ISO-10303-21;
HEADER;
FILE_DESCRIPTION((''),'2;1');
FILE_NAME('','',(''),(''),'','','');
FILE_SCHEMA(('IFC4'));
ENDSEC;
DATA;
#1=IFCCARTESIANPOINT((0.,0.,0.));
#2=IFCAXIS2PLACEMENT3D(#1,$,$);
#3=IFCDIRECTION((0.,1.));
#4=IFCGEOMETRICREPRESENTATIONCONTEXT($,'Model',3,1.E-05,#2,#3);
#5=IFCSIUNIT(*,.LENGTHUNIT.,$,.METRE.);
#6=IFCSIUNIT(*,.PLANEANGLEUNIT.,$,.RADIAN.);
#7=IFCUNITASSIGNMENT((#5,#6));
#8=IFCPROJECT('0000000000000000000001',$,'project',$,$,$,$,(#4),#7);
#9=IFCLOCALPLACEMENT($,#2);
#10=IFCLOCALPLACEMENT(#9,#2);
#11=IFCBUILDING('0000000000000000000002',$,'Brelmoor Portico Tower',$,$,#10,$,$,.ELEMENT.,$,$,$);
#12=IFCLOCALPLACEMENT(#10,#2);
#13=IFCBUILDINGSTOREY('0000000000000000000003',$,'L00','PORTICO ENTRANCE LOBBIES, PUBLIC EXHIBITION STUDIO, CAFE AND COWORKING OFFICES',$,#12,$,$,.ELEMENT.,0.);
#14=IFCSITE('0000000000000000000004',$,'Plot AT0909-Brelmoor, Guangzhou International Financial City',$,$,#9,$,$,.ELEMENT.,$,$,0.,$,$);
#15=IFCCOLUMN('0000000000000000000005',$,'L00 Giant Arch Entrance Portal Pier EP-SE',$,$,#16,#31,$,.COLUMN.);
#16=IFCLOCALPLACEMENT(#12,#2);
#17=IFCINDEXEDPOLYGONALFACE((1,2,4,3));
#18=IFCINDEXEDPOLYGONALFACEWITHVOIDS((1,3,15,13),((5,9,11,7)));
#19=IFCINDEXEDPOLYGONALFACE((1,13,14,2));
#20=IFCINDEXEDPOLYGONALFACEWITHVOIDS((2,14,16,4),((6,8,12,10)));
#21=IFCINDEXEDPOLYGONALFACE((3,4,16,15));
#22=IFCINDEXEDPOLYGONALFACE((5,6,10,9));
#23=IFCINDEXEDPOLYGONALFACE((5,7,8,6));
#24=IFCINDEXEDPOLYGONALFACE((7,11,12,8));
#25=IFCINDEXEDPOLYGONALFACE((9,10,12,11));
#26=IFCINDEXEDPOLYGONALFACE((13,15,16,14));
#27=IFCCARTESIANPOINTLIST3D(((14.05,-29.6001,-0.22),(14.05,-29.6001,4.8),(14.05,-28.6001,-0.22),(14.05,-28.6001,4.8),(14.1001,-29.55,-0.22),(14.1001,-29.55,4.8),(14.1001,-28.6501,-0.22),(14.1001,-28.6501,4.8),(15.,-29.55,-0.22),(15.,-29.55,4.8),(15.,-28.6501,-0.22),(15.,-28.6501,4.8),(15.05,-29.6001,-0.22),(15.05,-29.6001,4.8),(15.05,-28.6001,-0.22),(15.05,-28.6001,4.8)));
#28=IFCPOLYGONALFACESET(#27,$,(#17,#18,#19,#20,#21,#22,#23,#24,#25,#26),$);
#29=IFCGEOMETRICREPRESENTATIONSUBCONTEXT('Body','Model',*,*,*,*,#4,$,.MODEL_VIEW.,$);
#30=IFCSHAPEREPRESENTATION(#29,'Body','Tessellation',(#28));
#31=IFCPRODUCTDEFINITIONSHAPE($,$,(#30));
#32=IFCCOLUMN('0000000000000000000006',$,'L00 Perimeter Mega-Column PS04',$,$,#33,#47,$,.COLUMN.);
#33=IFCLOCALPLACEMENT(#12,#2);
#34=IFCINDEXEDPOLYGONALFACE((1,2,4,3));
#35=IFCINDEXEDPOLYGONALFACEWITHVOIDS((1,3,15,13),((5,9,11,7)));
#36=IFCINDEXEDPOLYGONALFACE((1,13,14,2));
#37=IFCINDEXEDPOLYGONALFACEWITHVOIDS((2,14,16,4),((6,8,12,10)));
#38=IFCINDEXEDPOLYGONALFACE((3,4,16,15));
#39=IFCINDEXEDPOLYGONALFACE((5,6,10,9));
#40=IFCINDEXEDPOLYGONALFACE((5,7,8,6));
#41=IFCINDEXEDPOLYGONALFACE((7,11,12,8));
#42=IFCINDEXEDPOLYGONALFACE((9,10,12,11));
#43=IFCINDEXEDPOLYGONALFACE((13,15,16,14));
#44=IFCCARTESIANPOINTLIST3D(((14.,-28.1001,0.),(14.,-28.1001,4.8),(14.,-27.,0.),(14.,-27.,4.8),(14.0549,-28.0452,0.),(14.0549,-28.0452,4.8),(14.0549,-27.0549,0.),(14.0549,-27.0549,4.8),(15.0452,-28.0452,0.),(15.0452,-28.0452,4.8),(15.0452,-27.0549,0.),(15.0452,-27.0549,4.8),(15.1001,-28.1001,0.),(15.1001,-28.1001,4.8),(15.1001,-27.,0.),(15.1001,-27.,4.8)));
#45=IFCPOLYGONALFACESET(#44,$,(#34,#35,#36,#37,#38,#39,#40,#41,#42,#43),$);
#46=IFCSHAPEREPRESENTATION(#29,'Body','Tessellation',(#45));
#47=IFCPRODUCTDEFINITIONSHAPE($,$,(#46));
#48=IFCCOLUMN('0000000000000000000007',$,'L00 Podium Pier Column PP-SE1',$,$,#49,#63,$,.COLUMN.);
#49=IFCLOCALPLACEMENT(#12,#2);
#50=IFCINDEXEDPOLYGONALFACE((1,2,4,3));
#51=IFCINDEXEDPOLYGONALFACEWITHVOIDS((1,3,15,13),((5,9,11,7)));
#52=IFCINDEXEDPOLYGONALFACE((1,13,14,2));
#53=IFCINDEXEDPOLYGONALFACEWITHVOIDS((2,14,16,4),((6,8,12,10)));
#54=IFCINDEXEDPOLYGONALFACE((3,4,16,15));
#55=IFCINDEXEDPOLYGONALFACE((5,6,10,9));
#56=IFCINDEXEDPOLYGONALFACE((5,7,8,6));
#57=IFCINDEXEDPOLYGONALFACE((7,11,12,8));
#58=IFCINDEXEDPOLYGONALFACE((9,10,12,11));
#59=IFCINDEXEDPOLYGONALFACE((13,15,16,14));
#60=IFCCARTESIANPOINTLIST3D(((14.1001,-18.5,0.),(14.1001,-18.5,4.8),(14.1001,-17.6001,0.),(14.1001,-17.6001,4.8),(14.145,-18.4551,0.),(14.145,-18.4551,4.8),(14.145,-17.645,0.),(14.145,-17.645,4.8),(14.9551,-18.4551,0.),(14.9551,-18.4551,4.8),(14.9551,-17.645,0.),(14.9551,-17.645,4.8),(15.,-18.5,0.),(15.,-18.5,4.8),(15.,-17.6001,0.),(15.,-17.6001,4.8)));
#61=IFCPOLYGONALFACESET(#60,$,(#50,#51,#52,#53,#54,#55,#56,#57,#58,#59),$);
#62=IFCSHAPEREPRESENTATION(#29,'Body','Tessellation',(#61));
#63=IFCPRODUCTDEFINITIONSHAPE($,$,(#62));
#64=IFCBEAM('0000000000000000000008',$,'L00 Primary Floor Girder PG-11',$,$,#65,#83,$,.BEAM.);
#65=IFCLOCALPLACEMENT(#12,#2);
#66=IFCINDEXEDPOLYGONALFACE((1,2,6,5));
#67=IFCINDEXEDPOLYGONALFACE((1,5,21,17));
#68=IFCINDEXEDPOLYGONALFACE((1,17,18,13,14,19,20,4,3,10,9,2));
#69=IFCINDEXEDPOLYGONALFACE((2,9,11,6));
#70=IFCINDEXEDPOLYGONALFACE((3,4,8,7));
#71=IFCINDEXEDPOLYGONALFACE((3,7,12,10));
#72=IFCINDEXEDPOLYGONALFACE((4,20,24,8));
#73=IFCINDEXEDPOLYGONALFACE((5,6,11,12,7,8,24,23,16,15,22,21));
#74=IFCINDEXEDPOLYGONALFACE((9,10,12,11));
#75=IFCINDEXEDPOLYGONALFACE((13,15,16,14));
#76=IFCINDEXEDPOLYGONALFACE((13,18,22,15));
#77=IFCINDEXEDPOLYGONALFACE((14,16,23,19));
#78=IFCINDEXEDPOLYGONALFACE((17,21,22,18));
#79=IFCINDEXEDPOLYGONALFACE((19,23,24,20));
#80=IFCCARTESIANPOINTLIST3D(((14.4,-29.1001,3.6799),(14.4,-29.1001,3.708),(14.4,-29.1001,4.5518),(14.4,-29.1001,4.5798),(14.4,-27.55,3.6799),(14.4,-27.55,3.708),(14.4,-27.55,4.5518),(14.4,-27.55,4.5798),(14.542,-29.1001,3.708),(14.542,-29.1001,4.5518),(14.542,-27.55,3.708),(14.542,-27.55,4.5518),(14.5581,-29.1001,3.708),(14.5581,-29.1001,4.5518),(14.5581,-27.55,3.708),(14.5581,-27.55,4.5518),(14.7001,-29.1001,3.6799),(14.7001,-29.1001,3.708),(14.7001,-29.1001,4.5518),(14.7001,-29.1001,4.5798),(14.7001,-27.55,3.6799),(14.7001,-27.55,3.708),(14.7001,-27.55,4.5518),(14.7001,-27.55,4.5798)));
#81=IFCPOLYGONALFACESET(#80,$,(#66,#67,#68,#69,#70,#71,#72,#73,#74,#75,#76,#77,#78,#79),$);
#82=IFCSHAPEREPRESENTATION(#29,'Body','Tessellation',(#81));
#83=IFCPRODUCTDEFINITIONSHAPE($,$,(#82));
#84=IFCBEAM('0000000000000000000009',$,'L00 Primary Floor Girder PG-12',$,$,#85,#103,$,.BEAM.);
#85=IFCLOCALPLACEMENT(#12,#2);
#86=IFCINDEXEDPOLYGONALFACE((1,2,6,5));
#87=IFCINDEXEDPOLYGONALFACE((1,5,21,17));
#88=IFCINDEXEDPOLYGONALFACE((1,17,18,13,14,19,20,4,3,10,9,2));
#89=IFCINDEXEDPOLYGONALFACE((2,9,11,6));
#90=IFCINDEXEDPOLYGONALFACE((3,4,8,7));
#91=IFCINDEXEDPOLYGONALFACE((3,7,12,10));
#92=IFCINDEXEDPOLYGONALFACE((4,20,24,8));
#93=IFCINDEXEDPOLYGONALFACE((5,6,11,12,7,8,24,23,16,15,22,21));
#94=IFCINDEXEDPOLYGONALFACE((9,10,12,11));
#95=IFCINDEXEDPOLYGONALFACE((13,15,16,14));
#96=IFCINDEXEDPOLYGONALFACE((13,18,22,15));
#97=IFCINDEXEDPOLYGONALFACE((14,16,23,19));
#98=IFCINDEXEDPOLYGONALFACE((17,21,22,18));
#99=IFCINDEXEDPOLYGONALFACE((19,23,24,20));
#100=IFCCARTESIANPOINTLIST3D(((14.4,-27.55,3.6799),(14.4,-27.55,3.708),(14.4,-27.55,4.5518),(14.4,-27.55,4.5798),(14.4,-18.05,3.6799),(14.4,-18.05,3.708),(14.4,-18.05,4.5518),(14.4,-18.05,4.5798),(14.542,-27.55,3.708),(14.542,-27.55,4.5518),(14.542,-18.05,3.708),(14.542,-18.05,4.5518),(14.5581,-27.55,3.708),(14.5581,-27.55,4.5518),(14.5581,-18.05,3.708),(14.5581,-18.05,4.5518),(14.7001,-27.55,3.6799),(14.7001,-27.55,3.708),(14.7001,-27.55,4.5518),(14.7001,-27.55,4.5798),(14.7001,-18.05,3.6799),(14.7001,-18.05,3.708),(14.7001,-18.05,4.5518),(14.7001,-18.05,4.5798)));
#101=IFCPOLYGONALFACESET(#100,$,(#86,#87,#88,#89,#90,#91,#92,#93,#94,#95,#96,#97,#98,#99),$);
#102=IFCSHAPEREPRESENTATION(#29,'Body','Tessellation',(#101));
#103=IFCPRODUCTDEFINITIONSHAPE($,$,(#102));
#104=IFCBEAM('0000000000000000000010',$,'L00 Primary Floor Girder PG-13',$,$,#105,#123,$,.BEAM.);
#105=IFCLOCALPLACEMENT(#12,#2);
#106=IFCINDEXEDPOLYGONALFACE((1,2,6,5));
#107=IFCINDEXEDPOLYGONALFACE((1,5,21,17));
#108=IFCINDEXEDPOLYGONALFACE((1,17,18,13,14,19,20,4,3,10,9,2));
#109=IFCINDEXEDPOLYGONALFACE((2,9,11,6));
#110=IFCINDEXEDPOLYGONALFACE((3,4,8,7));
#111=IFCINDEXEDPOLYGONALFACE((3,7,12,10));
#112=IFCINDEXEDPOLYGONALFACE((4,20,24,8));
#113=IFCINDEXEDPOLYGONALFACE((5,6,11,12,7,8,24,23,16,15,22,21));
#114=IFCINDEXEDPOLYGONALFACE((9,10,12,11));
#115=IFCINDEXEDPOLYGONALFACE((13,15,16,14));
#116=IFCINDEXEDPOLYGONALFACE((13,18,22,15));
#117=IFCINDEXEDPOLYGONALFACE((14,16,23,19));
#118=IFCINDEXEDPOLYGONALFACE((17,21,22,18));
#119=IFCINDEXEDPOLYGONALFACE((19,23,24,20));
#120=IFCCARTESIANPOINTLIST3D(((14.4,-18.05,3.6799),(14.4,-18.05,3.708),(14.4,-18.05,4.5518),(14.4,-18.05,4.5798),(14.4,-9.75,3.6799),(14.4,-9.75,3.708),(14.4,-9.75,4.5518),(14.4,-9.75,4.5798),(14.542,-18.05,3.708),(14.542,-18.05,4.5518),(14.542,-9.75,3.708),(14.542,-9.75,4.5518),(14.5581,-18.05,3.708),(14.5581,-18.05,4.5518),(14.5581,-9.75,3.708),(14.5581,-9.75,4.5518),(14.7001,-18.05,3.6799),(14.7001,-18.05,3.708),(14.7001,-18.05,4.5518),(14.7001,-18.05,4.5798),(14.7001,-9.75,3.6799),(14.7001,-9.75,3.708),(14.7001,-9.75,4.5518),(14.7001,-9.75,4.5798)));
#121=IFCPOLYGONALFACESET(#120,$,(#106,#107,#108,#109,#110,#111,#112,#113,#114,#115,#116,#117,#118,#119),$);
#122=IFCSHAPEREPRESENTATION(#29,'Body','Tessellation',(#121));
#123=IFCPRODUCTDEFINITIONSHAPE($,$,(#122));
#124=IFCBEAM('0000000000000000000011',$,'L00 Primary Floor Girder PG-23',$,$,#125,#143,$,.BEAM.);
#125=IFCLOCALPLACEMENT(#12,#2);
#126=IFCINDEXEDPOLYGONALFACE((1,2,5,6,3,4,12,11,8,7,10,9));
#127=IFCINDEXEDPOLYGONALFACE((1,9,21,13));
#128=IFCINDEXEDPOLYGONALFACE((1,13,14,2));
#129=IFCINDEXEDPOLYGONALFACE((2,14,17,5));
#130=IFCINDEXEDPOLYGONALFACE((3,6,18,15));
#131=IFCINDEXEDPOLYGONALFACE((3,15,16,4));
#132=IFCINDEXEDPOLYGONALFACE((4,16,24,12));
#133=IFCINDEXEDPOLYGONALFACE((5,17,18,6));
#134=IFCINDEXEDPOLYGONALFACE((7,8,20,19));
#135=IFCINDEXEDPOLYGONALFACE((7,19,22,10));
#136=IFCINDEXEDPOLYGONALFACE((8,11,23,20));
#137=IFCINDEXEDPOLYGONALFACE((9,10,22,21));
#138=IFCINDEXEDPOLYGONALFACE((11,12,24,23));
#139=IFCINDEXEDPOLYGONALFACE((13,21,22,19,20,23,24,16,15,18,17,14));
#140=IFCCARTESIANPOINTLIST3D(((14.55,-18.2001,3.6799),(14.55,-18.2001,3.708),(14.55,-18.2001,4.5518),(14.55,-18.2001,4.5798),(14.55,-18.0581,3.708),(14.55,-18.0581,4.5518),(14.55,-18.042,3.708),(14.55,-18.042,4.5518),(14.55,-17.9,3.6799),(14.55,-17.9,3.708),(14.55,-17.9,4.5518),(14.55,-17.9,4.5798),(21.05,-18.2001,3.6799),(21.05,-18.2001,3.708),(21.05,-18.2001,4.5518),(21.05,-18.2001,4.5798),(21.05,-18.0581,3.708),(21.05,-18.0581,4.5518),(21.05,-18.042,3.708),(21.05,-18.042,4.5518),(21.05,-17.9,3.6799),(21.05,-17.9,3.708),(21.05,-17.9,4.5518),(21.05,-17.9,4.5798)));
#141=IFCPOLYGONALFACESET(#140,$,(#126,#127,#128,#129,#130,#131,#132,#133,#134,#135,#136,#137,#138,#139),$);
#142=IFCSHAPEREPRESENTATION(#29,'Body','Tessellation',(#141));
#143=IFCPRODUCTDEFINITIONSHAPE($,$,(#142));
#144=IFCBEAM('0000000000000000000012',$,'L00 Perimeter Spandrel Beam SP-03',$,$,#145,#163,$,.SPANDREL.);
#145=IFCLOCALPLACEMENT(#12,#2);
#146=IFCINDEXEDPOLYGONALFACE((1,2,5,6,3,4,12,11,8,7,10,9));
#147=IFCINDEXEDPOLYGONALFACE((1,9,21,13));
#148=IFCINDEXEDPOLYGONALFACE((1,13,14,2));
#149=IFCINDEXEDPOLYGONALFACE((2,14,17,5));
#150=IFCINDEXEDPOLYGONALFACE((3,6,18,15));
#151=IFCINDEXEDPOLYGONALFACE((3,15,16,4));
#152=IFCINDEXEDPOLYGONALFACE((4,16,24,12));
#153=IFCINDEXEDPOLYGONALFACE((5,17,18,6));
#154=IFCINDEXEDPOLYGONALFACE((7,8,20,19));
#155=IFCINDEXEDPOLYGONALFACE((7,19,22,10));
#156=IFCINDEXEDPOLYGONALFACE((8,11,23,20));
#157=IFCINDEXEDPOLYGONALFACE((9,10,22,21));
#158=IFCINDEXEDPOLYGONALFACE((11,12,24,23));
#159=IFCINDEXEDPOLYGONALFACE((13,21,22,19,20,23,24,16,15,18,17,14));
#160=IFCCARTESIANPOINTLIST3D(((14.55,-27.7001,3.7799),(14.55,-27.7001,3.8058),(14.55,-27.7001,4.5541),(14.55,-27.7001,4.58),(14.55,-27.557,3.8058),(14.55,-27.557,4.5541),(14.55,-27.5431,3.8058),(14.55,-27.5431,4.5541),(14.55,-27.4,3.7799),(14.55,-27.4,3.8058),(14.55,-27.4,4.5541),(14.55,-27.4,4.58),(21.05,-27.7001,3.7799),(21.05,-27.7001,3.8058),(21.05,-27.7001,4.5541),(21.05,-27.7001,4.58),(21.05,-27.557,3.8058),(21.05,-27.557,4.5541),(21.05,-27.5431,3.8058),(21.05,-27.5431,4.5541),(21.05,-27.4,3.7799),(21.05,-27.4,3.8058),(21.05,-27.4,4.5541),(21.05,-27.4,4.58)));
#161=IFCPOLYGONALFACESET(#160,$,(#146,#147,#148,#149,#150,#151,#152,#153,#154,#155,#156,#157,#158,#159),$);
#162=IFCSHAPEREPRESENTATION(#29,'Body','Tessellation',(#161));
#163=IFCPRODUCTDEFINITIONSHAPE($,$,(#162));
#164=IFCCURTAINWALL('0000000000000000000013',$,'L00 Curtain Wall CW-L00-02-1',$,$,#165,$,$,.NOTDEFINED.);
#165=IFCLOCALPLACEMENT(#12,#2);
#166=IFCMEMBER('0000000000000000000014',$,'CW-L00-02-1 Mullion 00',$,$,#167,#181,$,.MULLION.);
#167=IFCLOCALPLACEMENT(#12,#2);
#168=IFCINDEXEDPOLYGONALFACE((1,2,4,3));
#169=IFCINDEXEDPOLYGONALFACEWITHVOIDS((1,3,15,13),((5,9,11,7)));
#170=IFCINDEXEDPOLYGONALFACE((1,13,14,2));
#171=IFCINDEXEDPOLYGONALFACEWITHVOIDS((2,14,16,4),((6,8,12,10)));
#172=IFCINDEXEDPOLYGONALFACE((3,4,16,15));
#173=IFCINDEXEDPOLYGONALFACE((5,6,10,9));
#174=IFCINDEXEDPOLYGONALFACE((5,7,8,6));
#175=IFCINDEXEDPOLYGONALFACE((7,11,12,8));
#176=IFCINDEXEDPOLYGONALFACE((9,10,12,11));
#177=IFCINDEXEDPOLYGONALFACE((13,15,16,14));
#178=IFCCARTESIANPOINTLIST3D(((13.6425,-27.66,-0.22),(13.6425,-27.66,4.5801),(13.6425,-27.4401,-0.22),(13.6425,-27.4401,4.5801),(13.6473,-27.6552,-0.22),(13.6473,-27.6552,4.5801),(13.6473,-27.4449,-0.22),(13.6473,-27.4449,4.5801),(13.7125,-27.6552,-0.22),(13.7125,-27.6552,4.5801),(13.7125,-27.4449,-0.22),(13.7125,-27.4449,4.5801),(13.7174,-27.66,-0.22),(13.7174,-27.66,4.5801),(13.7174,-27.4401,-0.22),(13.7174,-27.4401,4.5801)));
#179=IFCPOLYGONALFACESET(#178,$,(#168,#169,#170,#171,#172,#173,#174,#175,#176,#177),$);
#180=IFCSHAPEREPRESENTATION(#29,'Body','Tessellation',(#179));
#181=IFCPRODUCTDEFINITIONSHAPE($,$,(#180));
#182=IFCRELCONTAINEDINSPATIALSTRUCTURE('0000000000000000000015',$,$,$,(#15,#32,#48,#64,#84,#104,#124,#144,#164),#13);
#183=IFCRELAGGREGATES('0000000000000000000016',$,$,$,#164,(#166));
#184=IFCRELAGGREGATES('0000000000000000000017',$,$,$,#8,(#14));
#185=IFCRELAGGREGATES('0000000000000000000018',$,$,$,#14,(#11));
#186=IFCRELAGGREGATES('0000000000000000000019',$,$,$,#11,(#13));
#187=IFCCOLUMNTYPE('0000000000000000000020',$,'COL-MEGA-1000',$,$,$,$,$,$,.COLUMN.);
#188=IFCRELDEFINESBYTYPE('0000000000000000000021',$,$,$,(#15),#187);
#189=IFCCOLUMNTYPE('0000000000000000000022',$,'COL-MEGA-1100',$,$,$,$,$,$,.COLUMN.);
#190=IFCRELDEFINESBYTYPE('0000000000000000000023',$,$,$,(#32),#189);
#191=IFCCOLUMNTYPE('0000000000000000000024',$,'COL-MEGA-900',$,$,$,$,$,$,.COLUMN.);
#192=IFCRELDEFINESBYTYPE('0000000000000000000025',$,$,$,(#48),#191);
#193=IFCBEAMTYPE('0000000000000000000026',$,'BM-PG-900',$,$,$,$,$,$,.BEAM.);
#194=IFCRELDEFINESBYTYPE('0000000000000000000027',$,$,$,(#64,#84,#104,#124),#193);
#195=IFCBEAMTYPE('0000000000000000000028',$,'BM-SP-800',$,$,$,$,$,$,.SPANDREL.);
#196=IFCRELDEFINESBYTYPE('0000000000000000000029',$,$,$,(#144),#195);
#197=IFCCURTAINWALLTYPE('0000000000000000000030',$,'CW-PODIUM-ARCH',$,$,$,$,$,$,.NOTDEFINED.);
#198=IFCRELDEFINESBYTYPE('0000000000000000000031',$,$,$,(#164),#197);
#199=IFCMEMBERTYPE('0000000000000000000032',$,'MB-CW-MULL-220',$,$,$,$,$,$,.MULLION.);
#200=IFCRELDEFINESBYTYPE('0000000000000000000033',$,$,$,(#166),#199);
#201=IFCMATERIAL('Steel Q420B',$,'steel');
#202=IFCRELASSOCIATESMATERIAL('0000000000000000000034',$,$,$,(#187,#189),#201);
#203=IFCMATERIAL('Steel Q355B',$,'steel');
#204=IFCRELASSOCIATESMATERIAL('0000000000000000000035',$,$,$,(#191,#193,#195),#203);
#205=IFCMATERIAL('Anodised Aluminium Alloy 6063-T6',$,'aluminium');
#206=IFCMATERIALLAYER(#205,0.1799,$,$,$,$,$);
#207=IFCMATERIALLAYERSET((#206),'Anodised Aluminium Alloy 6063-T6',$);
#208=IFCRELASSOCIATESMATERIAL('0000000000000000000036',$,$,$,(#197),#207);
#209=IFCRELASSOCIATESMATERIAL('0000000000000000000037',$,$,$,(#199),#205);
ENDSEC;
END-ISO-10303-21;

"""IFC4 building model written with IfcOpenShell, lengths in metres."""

from ifc_helpers import new_model, si_unit, direction, frame, origin, origin_2d, place, context, subcontext, project, spatial, hollow_rectangle, i_section, extrude, material, layer, layer_set, material_profile, profile_set, type_object, element, aggregate, save


model = new_model("IFC4")

# Units and contexts
model_context = context("Model", 3, precision=1e-05, world=origin(), true_north=direction((0.0, 1.0)))
body_context = subcontext(model_context, "Body", "Model", "MODEL_VIEW")
ifc_project = project(units=[si_unit("LENGTHUNIT", "METRE"), si_unit("PLANEANGLEUNIT", "RADIAN")], contexts=[model_context])

# Site, building, storey
site_placement = place(None, origin())
site = spatial("IfcSite", under=ifc_project, at=site_placement, Name="Plot AT0909-Brelmoor, Guangzhou International Financial City", CompositionType="ELEMENT", RefElevation=0.0)
building_placement = place(site_placement, origin())
building = spatial("IfcBuilding", under=site, at=building_placement, Name="Brelmoor Portico Tower", CompositionType="ELEMENT")
storey_placement = place(building_placement, origin())
storey = spatial("IfcBuildingStorey", under=building, at=storey_placement, Name="L00", Description="PORTICO ENTRANCE LOBBIES, PUBLIC EXHIBITION STUDIO, CAFE AND COWORKING OFFICES", CompositionType="ELEMENT", Elevation=0.0)

# Columns
ifc_material_1 = material(Name="Steel Q420B", Category="steel")
ifc_material_profile_1 = material_profile(ifc_material_1, hollow_rectangle(XDim=1.0, YDim=1.0, WallThickness=0.05, at=origin_2d()), Name="BOX 1000x1000x50")
ifc_profile_set_1 = profile_set([ifc_material_profile_1], Name="Steel Q420B")
column_type_1 = type_object("IfcColumnType", Name="COL-MEGA-1000", PredefinedType="COLUMN", material=ifc_profile_set_1)
column_1_placement = place(storey_placement, frame((14.55, -29.1001, -0.22), z_axis=(0.0, 0.0, 1.0), x_axis=(1.0, 0.0, 0.0)))
element("IfcColumn", 1, at=column_1_placement, inside=storey, type_object=column_type_1, Name="L00 Giant Arch Entrance Portal Pier EP-SE", PredefinedType="COLUMN", context=body_context, shape_type="SweptSolid", body=[
    extrude(hollow_rectangle(XDim=1.0, YDim=1.0, WallThickness=0.05, at=origin_2d()), origin(), (0.0, 0.0, 1.0), 5.02),
])
ifc_material_profile_2 = material_profile(ifc_material_1, hollow_rectangle(XDim=1.1001, YDim=1.1001, WallThickness=0.0549, at=origin_2d()), Name="BOX 1100x1100x55")
ifc_profile_set_2 = profile_set([ifc_material_profile_2], Name="Steel Q420B")
column_type_2 = type_object("IfcColumnType", Name="COL-MEGA-1100", PredefinedType="COLUMN", material=ifc_profile_set_2)
column_2_placement = place(storey_placement, frame((14.55, -27.55, 0.0), z_axis=(0.0, 0.0, 1.0), x_axis=(1.0, 0.0, 0.0)))
element("IfcColumn", 2, at=column_2_placement, inside=storey, type_object=column_type_2, Name="L00 Perimeter Mega-Column PS04", PredefinedType="COLUMN", context=body_context, shape_type="SweptSolid", body=[
    extrude(hollow_rectangle(XDim=1.1001, YDim=1.1001, WallThickness=0.0549, at=origin_2d()), origin(), (0.0, 0.0, 1.0), 4.8),
])
ifc_material_2 = material(Name="Steel Q355B", Category="steel")
ifc_material_profile_3 = material_profile(ifc_material_2, hollow_rectangle(XDim=0.8999, YDim=0.8999, WallThickness=0.0449, at=origin_2d()), Name="BOX 900x900x45")
ifc_profile_set_3 = profile_set([ifc_material_profile_3], Name="Steel Q355B")
column_type_3 = type_object("IfcColumnType", Name="COL-MEGA-900", PredefinedType="COLUMN", material=ifc_profile_set_3)
column_3_placement = place(storey_placement, frame((14.55, -18.05, 0.0), z_axis=(0.0, 0.0, 1.0), x_axis=(1.0, 0.0, 0.0)))
element("IfcColumn", 3, at=column_3_placement, inside=storey, type_object=column_type_3, Name="L00 Podium Pier Column PP-SE1", PredefinedType="COLUMN", context=body_context, shape_type="SweptSolid", body=[
    extrude(hollow_rectangle(XDim=0.8999, YDim=0.8999, WallThickness=0.0449, at=origin_2d()), origin(), (0.0, 0.0, 1.0), 4.8),
])

# Beams
ifc_material_profile_4 = material_profile(ifc_material_2, i_section(OverallWidth=0.3, OverallDepth=0.8999, WebThickness=0.0161, FlangeThickness=0.0281, at=origin_2d()), Name="HN 900x300x16x28")
ifc_profile_set_4 = profile_set([ifc_material_profile_4], Name="Steel Q355B")
beam_type_1 = type_object("IfcBeamType", Name="BM-PG-900", PredefinedType="BEAM", material=ifc_profile_set_4)
beam_1_placement = place(storey_placement, frame((14.55, -29.1001, 4.1299), z_axis=(0.0, 1.0, 0.0), x_axis=(-1.0, 0.0, 0.0)))
element("IfcBeam", 4, at=beam_1_placement, inside=storey, type_object=beam_type_1, Name="L00 Primary Floor Girder PG-11", PredefinedType="BEAM", context=body_context, shape_type="SweptSolid", body=[
    extrude(i_section(OverallWidth=0.3, OverallDepth=0.8999, WebThickness=0.0161, FlangeThickness=0.0281, at=origin_2d()), origin(), (0.0, 0.0, 1.0), 1.55),
])
beam_2_placement = place(storey_placement, frame((14.55, -27.55, 4.1299), z_axis=(0.0, 1.0, 0.0), x_axis=(-1.0, 0.0, 0.0)))
element("IfcBeam", 5, at=beam_2_placement, inside=storey, type_object=beam_type_1, Name="L00 Primary Floor Girder PG-12", PredefinedType="BEAM", context=body_context, shape_type="SweptSolid", body=[
    extrude(i_section(OverallWidth=0.3, OverallDepth=0.8999, WebThickness=0.0161, FlangeThickness=0.0281, at=origin_2d()), origin(), (0.0, 0.0, 1.0), 9.5),
])
beam_3_placement = place(storey_placement, frame((14.55, -18.05, 4.1299), z_axis=(0.0, 1.0, 0.0), x_axis=(-1.0, 0.0, 0.0)))
element("IfcBeam", 6, at=beam_3_placement, inside=storey, type_object=beam_type_1, Name="L00 Primary Floor Girder PG-13", PredefinedType="BEAM", context=body_context, shape_type="SweptSolid", body=[
    extrude(i_section(OverallWidth=0.3, OverallDepth=0.8999, WebThickness=0.0161, FlangeThickness=0.0281, at=origin_2d()), origin(), (0.0, 0.0, 1.0), 8.3),
])
beam_4_placement = place(storey_placement, frame((14.55, -18.05, 4.1299), z_axis=(1.0, 0.0, 0.0), x_axis=(0.0, 1.0, 0.0)))
element("IfcBeam", 7, at=beam_4_placement, inside=storey, type_object=beam_type_1, Name="L00 Primary Floor Girder PG-23", PredefinedType="BEAM", context=body_context, shape_type="SweptSolid", body=[
    extrude(i_section(OverallWidth=0.3, OverallDepth=0.8999, WebThickness=0.0161, FlangeThickness=0.0281, at=origin_2d()), origin(), (0.0, 0.0, 1.0), 6.5),
])
ifc_material_profile_5 = material_profile(ifc_material_2, i_section(OverallWidth=0.3, OverallDepth=0.8, WebThickness=0.0139, FlangeThickness=0.0259, at=origin_2d()), Name="HN 800x300x14x26")
ifc_profile_set_5 = profile_set([ifc_material_profile_5], Name="Steel Q355B")
beam_type_2 = type_object("IfcBeamType", Name="BM-SP-800", PredefinedType="SPANDREL", material=ifc_profile_set_5)
beam_5_placement = place(storey_placement, frame((14.55, -27.55, 4.1799), z_axis=(1.0, 0.0, 0.0), x_axis=(0.0, 1.0, 0.0)))
element("IfcBeam", 8, at=beam_5_placement, inside=storey, type_object=beam_type_2, Name="L00 Perimeter Spandrel Beam SP-03", PredefinedType="SPANDREL", context=body_context, shape_type="SweptSolid", body=[
    extrude(i_section(OverallWidth=0.3, OverallDepth=0.8, WebThickness=0.0139, FlangeThickness=0.0259, at=origin_2d()), origin(), (0.0, 0.0, 1.0), 6.5),
])

# Curtain wall, member
ifc_material_3 = material(Name="Anodised Aluminium Alloy 6063-T6", Category="aluminium")
ifc_layer_1 = layer(ifc_material_3, 0.1799)
ifc_layer_set_1 = layer_set([ifc_layer_1], Name="Anodised Aluminium Alloy 6063-T6")
curtain_wall_type = type_object("IfcCurtainWallType", Name="CW-PODIUM-ARCH", PredefinedType="NOTDEFINED", material=ifc_layer_set_1)
curtain_wall_1_placement = place(storey_placement, origin())
curtain_wall_1 = element("IfcCurtainWall", 9, at=curtain_wall_1_placement, inside=storey, type_object=curtain_wall_type, Name="L00 Curtain Wall CW-L00-02-1", PredefinedType="NOTDEFINED")
ifc_material_profile_6 = material_profile(ifc_material_3, hollow_rectangle(XDim=0.075, YDim=0.22, WallThickness=0.0049, at=origin_2d()), Name="ALU MULLION 75x220")
ifc_profile_set_6 = profile_set([ifc_material_profile_6], Name="Anodised Aluminium Alloy 6063-T6")
member_type_1 = type_object("IfcMemberType", Name="MB-CW-MULL-220", PredefinedType="MULLION", material=ifc_profile_set_6)
member_1_placement = place(storey_placement, frame((13.6799, -27.55, -0.22), z_axis=(0.0, 0.0, 1.0), x_axis=(1.0, 0.0, 0.0)))
member_1 = element("IfcMember", 10, at=member_1_placement, type_object=member_type_1, Name="CW-L00-02-1 Mullion 00", PredefinedType="MULLION", context=body_context, shape_type="SweptSolid", body=[
    extrude(hollow_rectangle(XDim=0.075, YDim=0.22, WallThickness=0.0049, at=origin_2d()), origin(), (0.0, 0.0, 1.0), 4.8),
])

aggregate(curtain_wall_1, [member_1])

save(model, "model.ifc")
